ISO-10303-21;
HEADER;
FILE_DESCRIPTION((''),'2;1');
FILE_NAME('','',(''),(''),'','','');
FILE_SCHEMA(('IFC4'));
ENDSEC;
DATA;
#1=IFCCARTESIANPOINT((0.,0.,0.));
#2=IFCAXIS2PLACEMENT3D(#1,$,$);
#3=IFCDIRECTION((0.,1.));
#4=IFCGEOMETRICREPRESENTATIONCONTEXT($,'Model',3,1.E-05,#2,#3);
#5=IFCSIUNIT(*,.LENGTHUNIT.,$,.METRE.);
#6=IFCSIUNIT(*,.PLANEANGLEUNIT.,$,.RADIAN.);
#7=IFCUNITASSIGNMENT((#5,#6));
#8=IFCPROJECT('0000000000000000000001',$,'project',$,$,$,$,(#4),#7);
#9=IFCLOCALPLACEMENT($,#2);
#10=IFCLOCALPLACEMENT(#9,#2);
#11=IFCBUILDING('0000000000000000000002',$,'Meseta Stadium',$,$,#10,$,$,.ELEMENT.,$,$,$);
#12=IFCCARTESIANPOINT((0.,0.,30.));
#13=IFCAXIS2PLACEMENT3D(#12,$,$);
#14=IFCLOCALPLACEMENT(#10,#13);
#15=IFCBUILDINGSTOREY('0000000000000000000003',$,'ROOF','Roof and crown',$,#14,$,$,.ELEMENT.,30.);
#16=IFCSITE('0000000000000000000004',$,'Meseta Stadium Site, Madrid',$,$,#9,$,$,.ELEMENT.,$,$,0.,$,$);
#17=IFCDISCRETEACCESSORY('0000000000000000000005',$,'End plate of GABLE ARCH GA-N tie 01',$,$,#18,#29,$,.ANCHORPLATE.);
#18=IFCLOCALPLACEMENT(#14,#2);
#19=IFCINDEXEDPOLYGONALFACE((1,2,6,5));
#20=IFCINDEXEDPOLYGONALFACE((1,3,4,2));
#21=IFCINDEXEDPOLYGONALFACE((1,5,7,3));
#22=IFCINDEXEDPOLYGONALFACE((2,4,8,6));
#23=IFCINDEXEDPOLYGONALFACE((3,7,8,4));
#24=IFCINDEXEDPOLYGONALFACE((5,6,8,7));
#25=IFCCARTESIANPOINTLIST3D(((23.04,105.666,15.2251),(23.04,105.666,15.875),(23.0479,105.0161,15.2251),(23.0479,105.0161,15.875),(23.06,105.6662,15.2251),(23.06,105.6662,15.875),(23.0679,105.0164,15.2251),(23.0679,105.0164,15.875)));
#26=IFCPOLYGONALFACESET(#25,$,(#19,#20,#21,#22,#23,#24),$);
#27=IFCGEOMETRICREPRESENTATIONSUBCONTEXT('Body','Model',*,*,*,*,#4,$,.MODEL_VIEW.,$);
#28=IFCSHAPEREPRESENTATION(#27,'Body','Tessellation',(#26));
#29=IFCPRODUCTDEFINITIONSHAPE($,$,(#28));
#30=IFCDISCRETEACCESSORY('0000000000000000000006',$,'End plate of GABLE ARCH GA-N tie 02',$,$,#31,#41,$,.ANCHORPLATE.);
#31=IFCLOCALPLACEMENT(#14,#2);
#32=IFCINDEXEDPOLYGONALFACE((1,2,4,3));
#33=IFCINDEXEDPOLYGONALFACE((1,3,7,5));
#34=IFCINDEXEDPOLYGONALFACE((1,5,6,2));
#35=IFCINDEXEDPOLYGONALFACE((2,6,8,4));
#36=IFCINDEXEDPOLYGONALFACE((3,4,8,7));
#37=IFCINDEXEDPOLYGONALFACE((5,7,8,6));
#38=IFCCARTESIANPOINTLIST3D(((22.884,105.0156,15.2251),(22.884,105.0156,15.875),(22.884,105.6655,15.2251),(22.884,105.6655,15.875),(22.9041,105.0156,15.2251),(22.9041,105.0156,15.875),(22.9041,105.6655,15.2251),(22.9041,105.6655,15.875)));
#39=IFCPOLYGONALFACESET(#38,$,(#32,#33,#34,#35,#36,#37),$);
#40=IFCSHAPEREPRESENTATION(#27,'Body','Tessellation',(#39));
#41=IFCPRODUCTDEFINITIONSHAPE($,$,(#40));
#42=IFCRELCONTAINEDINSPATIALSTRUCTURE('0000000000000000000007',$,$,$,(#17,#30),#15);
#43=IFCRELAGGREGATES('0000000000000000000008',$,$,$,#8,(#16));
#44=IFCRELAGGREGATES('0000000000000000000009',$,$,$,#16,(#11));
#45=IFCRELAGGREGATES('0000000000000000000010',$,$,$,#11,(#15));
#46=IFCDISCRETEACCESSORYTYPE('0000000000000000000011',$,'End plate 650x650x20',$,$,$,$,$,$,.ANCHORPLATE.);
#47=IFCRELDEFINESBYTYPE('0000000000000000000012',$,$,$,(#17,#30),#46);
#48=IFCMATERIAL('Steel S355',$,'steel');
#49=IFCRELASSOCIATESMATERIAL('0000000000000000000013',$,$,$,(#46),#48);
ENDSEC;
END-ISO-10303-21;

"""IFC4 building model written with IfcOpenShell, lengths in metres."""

from ifc_helpers import new_model, si_unit, direction, frame, origin, origin_2d, place, context, subcontext, project, spatial, rectangle, extrude, material, material_profile, profile_set, type_object, element, save


model = new_model("IFC4")

# Units and contexts
model_context = context("Model", 3, precision=1e-05, world=origin(), true_north=direction((0.0, 1.0)))
body_context = subcontext(model_context, "Body", "Model", "MODEL_VIEW")
ifc_project = project(units=[si_unit("LENGTHUNIT", "METRE"), si_unit("PLANEANGLEUNIT", "RADIAN")], contexts=[model_context])

# Site, building, storey
site_placement = place(None, origin())
site = spatial("IfcSite", under=ifc_project, at=site_placement, Name="Meseta Stadium Site, Madrid", CompositionType="ELEMENT", RefElevation=0.0)
building_placement = place(site_placement, origin())
building = spatial("IfcBuilding", under=site, at=building_placement, Name="Meseta Stadium", CompositionType="ELEMENT")
storey_placement = place(building_placement, frame((0.0, 0.0, 30.0)))
storey = spatial("IfcBuildingStorey", under=building, at=storey_placement, Name="ROOF", Description="Roof and crown", CompositionType="ELEMENT", Elevation=30.0)

# Discrete accessories
ifc_material_1 = material(Name="Steel S355", Category="steel")
ifc_material_profile_1 = material_profile(ifc_material_1, rectangle(XDim=0.6499, YDim=0.6499, at=origin_2d()), Name="PL 650x650")
ifc_profile_set_1 = profile_set([ifc_material_profile_1], Name="Steel S355")
discrete_accessory_type_1 = type_object("IfcDiscreteAccessoryType", Name="End plate 650x650x20", PredefinedType="ANCHORPLATE", material=ifc_profile_set_1)
for number, where, z_axis, x_axis, name in (
    (1, (23.064, 105.3413, 15.55), (-0.999926, -0.012194, 0.0), (0.012194, -0.999926, 0.0), "End plate of GABLE ARCH GA-N tie 01"),
    (2, (22.9041, 105.3406, 15.55), (-1.0, 0.0, 0.0), (0.0, -1.0, 0.0), "End plate of GABLE ARCH GA-N tie 02"),
):
    element("IfcDiscreteAccessory", number, at=place(storey_placement, frame(where, z_axis=z_axis, x_axis=x_axis)), inside=storey, type_object=discrete_accessory_type_1, Name=name, PredefinedType="ANCHORPLATE", context=body_context, shape_type="SweptSolid", body=[
        extrude(rectangle(XDim=0.6499, YDim=0.6499, at=origin_2d()), origin(), (0.0, 0.0, 1.0), 0.02),
    ])

save(model, "model.ifc")
